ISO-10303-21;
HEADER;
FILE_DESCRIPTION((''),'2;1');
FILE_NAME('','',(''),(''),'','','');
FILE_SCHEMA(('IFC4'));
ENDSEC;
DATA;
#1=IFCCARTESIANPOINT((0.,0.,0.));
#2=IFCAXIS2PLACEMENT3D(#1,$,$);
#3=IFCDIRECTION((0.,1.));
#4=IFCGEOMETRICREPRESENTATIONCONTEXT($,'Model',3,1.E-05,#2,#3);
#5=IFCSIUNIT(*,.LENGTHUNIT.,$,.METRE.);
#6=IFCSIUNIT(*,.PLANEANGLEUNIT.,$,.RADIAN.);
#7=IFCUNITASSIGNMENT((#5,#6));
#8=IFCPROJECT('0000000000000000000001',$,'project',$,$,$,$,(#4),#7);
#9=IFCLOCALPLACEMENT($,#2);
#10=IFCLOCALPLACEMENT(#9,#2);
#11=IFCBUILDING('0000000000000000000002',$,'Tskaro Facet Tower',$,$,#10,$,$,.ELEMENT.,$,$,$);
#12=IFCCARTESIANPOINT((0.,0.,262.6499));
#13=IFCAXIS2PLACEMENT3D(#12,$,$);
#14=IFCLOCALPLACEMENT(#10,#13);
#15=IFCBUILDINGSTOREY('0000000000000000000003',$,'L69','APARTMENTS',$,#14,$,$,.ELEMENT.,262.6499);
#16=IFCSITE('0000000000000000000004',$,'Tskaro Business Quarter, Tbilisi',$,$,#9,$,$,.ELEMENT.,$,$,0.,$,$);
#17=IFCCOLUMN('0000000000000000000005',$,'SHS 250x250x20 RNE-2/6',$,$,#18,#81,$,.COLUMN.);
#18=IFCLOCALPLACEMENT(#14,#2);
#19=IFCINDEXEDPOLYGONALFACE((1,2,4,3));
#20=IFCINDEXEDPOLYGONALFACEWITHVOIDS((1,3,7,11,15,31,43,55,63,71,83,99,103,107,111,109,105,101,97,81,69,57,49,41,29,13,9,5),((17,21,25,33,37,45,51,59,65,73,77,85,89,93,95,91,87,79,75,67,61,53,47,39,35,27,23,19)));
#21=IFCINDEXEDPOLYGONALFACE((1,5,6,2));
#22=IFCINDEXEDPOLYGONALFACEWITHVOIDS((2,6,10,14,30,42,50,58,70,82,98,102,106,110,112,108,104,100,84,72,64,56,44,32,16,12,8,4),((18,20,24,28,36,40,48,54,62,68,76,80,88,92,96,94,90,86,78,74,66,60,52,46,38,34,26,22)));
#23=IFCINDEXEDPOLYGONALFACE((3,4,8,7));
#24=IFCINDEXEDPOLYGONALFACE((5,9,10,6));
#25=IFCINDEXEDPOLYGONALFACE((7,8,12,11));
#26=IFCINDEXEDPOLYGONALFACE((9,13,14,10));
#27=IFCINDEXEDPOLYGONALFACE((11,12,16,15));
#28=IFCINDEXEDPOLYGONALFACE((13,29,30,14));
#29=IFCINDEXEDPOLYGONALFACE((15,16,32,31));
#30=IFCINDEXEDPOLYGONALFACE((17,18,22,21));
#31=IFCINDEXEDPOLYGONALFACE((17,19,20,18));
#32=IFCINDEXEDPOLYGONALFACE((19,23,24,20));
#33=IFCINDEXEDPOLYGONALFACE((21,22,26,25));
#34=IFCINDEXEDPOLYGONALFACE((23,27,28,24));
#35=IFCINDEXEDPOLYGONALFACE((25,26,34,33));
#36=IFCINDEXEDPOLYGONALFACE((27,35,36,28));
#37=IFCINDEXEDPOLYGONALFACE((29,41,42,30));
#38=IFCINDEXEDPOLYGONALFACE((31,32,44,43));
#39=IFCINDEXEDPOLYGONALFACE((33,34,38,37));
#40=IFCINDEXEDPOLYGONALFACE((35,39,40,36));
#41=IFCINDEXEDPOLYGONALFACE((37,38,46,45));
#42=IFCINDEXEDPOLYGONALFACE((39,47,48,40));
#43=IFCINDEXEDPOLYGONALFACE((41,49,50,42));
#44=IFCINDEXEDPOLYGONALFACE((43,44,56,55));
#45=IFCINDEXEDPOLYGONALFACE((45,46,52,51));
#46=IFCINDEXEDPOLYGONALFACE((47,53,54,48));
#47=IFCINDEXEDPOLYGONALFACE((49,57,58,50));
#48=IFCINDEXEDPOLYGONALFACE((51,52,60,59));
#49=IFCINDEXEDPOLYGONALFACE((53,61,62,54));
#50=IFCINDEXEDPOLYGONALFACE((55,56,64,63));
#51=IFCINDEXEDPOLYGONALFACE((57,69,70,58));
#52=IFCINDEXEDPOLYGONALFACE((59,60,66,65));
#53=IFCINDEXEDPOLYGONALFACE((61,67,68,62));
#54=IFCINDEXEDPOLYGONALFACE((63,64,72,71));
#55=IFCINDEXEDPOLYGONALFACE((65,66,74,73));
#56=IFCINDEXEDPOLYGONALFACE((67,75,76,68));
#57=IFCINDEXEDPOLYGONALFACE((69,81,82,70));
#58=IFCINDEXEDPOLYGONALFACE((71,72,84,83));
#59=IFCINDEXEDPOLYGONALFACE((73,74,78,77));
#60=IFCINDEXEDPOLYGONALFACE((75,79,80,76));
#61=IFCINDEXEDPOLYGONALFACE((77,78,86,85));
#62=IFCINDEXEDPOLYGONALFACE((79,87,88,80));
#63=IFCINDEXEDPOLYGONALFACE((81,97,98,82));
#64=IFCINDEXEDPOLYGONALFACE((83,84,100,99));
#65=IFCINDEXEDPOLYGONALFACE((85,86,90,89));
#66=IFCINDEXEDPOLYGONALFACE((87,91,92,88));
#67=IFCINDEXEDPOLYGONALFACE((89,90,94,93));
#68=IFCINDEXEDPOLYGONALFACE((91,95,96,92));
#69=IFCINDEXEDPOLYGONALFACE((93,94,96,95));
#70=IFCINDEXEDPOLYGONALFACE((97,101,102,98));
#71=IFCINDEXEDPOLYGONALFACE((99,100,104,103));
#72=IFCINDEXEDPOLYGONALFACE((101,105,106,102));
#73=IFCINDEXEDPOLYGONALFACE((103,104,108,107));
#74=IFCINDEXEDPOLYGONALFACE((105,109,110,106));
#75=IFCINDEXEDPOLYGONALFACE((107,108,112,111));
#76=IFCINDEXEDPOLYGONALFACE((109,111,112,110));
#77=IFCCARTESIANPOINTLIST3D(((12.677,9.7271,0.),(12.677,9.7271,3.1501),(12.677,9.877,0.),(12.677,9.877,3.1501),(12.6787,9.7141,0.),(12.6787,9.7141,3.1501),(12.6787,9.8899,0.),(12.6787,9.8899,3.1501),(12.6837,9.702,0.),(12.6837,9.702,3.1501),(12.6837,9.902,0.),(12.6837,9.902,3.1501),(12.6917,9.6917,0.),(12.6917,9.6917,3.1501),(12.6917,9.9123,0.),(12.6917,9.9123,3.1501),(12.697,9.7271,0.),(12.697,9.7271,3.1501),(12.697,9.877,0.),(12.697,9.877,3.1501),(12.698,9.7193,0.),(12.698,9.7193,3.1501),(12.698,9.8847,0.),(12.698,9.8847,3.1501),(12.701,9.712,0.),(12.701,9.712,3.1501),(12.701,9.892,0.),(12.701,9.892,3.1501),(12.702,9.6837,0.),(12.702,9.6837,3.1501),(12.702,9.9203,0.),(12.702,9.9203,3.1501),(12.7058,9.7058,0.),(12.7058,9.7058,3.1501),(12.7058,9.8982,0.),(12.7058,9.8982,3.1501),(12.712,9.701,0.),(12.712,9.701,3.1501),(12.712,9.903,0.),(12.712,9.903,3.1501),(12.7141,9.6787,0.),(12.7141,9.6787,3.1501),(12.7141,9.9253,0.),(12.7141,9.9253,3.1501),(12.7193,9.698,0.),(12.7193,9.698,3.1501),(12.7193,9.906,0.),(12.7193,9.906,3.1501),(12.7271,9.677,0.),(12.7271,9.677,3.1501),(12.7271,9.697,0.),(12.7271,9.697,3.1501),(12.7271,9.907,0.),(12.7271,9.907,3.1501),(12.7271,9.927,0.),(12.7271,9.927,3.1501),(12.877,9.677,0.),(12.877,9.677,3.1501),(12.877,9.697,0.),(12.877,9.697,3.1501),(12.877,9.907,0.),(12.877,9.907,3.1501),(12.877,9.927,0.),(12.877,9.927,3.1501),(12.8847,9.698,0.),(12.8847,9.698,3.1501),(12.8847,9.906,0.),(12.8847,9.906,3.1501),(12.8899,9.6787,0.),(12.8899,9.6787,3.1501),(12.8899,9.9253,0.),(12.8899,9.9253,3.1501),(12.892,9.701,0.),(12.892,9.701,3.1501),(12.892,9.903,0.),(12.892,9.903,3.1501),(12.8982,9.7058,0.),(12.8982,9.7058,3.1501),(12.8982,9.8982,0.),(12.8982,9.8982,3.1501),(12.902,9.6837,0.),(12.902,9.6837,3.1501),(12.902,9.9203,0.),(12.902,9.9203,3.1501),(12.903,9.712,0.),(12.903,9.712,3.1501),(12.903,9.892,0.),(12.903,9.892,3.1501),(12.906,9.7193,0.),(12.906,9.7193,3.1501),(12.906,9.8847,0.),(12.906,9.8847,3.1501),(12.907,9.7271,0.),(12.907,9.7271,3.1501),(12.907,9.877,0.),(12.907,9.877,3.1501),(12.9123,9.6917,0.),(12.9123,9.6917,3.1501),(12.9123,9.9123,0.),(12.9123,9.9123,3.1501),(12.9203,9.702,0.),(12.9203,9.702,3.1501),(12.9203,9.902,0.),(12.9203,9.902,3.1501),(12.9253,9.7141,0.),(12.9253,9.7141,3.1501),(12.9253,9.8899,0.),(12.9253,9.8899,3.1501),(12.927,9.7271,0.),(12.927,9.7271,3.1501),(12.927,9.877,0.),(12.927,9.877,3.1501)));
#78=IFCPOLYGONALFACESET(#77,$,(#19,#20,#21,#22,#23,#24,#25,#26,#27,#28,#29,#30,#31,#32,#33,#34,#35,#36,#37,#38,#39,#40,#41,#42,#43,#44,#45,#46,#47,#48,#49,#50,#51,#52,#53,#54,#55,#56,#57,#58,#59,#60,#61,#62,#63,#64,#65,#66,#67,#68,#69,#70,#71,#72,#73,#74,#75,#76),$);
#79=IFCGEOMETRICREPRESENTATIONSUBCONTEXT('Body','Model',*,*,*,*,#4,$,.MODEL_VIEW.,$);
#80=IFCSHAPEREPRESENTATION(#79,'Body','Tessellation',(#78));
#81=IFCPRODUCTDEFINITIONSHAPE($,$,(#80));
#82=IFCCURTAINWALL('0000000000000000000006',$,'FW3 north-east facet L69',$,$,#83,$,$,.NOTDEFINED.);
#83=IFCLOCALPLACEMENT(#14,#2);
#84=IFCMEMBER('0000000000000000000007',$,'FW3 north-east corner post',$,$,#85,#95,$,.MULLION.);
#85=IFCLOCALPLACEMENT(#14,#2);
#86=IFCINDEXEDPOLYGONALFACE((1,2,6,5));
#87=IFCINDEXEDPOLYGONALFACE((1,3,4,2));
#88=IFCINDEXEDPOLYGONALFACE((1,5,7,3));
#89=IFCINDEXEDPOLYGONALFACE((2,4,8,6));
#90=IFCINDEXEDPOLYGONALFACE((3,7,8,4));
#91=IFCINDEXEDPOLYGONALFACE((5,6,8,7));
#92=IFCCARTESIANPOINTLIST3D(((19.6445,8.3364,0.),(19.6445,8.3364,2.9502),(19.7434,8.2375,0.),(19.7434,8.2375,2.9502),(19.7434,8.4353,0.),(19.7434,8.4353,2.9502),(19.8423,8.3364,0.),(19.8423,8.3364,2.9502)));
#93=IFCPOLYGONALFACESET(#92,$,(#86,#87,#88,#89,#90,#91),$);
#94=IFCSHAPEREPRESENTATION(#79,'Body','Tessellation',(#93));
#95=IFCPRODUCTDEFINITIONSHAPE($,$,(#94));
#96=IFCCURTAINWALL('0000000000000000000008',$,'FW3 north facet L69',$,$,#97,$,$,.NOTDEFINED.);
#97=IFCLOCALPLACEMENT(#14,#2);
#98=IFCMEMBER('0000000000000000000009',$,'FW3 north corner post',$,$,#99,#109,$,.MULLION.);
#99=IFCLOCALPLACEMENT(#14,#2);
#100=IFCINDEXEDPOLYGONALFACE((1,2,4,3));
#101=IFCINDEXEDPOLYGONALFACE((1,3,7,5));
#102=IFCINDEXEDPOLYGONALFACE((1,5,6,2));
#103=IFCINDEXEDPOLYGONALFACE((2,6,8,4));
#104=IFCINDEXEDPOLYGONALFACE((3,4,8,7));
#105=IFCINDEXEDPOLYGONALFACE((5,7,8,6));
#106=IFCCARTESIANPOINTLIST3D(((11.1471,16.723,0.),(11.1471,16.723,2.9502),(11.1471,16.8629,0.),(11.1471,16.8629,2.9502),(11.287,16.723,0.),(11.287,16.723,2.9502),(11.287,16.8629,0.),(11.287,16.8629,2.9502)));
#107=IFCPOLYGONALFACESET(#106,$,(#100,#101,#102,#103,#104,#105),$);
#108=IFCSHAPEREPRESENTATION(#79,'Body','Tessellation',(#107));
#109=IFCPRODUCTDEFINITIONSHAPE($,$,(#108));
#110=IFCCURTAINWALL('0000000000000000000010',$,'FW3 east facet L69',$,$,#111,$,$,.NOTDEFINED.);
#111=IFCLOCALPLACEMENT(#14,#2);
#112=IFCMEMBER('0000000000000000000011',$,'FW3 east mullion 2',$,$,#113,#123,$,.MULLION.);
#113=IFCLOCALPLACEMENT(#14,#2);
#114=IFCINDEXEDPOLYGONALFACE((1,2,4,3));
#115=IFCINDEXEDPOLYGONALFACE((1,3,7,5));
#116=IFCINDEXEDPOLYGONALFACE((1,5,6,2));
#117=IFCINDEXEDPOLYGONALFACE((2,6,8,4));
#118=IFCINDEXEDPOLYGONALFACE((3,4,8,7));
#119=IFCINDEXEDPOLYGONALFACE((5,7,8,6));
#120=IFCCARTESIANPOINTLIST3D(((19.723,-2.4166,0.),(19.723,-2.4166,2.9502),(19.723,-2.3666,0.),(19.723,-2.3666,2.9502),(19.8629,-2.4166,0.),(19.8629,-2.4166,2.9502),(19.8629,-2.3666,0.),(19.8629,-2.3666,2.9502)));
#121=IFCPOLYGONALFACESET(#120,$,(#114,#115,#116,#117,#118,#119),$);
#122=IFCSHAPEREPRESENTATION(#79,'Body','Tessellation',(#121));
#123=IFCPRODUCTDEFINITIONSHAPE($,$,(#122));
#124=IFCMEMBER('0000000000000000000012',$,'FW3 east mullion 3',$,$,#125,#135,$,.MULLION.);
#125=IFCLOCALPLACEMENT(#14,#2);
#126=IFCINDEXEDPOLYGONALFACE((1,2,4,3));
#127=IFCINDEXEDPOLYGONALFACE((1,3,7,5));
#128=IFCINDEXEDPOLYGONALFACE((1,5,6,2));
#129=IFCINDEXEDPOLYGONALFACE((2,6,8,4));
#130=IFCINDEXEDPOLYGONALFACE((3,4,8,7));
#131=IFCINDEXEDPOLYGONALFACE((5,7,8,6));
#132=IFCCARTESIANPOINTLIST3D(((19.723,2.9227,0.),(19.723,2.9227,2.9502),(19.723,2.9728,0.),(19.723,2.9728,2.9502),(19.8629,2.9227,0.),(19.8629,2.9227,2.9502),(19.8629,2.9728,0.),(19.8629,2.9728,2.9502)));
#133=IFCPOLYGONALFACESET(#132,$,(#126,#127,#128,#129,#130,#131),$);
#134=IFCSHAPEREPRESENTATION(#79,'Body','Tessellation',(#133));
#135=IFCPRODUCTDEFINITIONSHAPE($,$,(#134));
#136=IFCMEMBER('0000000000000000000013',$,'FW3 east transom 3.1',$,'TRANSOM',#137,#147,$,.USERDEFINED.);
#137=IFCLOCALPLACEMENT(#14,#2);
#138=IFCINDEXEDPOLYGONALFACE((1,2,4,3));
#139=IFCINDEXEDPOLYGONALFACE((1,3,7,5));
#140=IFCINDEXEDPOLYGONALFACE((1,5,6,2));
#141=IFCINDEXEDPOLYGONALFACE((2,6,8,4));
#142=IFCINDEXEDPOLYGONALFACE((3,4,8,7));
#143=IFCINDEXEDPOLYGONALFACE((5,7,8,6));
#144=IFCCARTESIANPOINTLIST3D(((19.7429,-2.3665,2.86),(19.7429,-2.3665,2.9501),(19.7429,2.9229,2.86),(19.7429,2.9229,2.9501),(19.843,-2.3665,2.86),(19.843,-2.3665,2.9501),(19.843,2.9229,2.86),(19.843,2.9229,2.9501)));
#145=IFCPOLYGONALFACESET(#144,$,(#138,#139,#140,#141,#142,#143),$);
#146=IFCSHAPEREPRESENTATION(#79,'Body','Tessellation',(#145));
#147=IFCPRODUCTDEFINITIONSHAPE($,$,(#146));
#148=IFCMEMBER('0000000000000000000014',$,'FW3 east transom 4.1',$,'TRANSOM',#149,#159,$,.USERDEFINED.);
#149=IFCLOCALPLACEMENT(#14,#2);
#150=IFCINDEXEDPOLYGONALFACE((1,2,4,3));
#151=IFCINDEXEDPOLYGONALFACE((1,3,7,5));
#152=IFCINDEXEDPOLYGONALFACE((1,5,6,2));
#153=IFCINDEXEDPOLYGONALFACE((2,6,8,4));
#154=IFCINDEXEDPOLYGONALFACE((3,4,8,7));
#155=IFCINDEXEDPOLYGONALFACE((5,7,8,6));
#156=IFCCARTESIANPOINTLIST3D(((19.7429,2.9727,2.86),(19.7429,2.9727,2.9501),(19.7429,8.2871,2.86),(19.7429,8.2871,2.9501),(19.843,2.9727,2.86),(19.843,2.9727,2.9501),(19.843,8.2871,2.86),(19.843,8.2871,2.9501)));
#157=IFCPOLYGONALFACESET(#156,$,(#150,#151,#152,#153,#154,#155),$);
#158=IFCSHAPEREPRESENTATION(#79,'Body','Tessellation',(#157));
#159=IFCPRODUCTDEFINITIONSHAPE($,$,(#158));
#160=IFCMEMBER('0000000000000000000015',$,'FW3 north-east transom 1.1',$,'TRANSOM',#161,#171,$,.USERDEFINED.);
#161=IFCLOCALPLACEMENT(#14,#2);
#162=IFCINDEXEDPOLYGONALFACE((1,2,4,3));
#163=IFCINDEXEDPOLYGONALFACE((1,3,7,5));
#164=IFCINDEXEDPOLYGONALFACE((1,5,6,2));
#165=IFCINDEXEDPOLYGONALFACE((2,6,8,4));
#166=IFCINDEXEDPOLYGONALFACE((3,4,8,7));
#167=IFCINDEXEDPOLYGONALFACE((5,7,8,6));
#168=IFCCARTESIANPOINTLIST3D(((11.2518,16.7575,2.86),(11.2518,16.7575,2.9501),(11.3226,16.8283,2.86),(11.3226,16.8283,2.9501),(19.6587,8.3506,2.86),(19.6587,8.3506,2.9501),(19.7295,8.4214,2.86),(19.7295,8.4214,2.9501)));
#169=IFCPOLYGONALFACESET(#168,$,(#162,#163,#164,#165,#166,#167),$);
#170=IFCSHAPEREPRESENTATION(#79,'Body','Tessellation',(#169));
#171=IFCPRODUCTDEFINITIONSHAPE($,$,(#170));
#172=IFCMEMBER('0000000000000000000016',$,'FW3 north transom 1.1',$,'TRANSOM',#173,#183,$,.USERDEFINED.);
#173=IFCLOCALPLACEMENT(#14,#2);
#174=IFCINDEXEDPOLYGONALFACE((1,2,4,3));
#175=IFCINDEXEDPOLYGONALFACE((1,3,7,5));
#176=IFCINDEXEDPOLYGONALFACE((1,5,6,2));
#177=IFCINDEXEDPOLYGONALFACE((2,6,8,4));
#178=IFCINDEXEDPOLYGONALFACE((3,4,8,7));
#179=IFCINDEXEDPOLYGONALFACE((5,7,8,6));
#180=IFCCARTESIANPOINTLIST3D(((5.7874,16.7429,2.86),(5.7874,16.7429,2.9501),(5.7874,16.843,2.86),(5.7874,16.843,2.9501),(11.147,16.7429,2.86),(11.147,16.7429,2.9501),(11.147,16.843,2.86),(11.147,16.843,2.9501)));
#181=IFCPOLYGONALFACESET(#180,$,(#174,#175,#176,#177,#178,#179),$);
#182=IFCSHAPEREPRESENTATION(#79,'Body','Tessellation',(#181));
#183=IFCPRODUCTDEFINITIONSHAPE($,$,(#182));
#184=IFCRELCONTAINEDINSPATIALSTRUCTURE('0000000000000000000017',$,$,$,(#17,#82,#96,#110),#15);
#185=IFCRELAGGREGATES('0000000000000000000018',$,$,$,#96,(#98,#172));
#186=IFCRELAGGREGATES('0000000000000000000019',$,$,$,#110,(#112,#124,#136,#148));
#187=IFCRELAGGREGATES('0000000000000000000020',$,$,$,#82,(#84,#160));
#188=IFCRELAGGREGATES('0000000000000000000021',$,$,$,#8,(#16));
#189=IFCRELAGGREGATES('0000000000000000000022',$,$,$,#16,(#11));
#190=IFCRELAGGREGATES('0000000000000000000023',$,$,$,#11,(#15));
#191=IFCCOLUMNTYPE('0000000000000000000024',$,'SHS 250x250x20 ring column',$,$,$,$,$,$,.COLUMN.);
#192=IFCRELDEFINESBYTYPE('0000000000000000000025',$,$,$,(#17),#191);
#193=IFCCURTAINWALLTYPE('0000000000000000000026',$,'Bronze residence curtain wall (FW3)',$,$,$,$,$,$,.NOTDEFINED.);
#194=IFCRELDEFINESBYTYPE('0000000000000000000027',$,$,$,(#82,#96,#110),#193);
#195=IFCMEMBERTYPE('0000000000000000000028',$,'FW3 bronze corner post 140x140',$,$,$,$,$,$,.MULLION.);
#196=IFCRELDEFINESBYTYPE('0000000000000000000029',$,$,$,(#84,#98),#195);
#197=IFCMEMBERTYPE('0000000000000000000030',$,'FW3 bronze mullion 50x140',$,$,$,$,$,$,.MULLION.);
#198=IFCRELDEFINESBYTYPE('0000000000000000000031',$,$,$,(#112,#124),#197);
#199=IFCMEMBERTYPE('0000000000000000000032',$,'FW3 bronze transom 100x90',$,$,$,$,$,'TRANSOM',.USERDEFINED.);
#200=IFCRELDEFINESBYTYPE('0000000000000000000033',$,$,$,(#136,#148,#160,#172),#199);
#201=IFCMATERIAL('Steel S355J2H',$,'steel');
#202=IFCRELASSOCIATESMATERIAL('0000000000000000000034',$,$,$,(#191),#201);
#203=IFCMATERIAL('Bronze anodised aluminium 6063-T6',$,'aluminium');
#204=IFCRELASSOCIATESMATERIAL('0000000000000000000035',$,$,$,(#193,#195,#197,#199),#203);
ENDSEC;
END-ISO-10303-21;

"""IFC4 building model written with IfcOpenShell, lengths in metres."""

from ifc_helpers import new_model, si_unit, direction, frame, origin, origin_2d, place, context, subcontext, project, spatial, rectangle, hollow_rectangle, extrude, material, material_profile, profile_set, type_object, element, aggregate, save


model = new_model("IFC4")

# Units and contexts
model_context = context("Model", 3, precision=1e-05, world=origin(), true_north=direction((0.0, 1.0)))
body_context = subcontext(model_context, "Body", "Model", "MODEL_VIEW")
ifc_project = project(units=[si_unit("LENGTHUNIT", "METRE"), si_unit("PLANEANGLEUNIT", "RADIAN")], contexts=[model_context])

# Site, building, storey
site_placement = place(None, origin())
site = spatial("IfcSite", under=ifc_project, at=site_placement, Name="Tskaro Business Quarter, Tbilisi", CompositionType="ELEMENT", RefElevation=0.0)
building_placement = place(site_placement, origin())
building = spatial("IfcBuilding", under=site, at=building_placement, Name="Tskaro Facet Tower", CompositionType="ELEMENT")
storey_placement = place(building_placement, frame((0.0, 0.0, 262.6499)))
storey = spatial("IfcBuildingStorey", under=building, at=storey_placement, Name="L69", Description="APARTMENTS", CompositionType="ELEMENT", Elevation=262.6499)

# Column
ifc_material_1 = material(Name="Steel S355J2H", Category="steel")
ifc_material_profile_1 = material_profile(ifc_material_1, hollow_rectangle(XDim=0.25, YDim=0.25, WallThickness=0.02, InnerFilletRadius=0.03, OuterFilletRadius=0.05, at=origin_2d()), Name="SHS 250x250x20")
ifc_profile_set_1 = profile_set([ifc_material_profile_1], Name="Steel S355J2H")
column_type_1 = type_object("IfcColumnType", Name="SHS 250x250x20 ring column", PredefinedType="COLUMN", material=ifc_profile_set_1)
for number, where, z_axis, x_axis, name in (
    (1, (12.802, 9.802, 0.0), (0.0, 0.0, 1.0), (1.0, 0.0, 0.0), "SHS 250x250x20 RNE-2/6"),
):
    element("IfcColumn", number, at=place(storey_placement, frame(where, z_axis=z_axis, x_axis=x_axis)), inside=storey, type_object=column_type_1, Name=name, PredefinedType="COLUMN", context=body_context, shape_type="SweptSolid", body=[
        extrude(hollow_rectangle(XDim=0.25, YDim=0.25, WallThickness=0.02, InnerFilletRadius=0.03, OuterFilletRadius=0.05, at=origin_2d()), origin(), (0.0, 0.0, 1.0), 3.1501),
    ])

# Curtain walls, members
ifc_material_2 = material(Name="Bronze anodised aluminium 6063-T6", Category="aluminium")
curtain_wall_type = type_object("IfcCurtainWallType", Name="Bronze residence curtain wall (FW3)", PredefinedType="NOTDEFINED", material=ifc_material_2)
curtain_wall_1_placement = place(storey_placement, origin())
curtain_wall_1 = element("IfcCurtainWall", 2, at=curtain_wall_1_placement, inside=storey, type_object=curtain_wall_type, Name="FW3 north-east facet L69", PredefinedType="NOTDEFINED")
ifc_material_profile_2 = material_profile(ifc_material_2, rectangle(XDim=0.1399, YDim=0.1399, at=origin_2d()), Name="Corner post 140x140")
ifc_profile_set_2 = profile_set([ifc_material_profile_2], Name="Bronze anodised aluminium 6063-T6")
member_type_1 = type_object("IfcMemberType", Name="FW3 bronze corner post 140x140", PredefinedType="MULLION", material=ifc_profile_set_2)
member_1_placement = place(storey_placement, frame((19.7434, 8.3364, 0.0), z_axis=(0.0, 0.0, 1.0), x_axis=(-0.707107, 0.707107, 0.0)))
member_1 = element("IfcMember", 3, at=member_1_placement, type_object=member_type_1, Name="FW3 north-east corner post", PredefinedType="MULLION", context=body_context, shape_type="SweptSolid", body=[
    extrude(rectangle(XDim=0.1399, YDim=0.1399, at=origin_2d()), origin(), (0.0, 0.0, 1.0), 2.9502),
])
curtain_wall_2_placement = place(storey_placement, origin())
curtain_wall_2 = element("IfcCurtainWall", 4, at=curtain_wall_2_placement, inside=storey, type_object=curtain_wall_type, Name="FW3 north facet L69", PredefinedType="NOTDEFINED")
member_2_placement = place(storey_placement, frame((11.217, 16.793, 0.0), z_axis=(0.0, 0.0, 1.0), x_axis=(-1.0, 0.0, 0.0)))
member_2 = element("IfcMember", 5, at=member_2_placement, type_object=member_type_1, Name="FW3 north corner post", PredefinedType="MULLION", context=body_context, shape_type="SweptSolid", body=[
    extrude(rectangle(XDim=0.1399, YDim=0.1399, at=origin_2d()), origin(), (0.0, 0.0, 1.0), 2.9502),
])

# Curtain wall, members
curtain_wall_3_placement = place(storey_placement, origin())
curtain_wall_3 = element("IfcCurtainWall", 6, at=curtain_wall_3_placement, inside=storey, type_object=curtain_wall_type, Name="FW3 east facet L69", PredefinedType="NOTDEFINED")
ifc_material_profile_3 = material_profile(ifc_material_2, rectangle(XDim=0.05, YDim=0.1399, at=origin_2d()), Name="Mullion 50x140")
ifc_profile_set_3 = profile_set([ifc_material_profile_3], Name="Bronze anodised aluminium 6063-T6")
member_type_2 = type_object("IfcMemberType", Name="FW3 bronze mullion 50x140", PredefinedType="MULLION", material=ifc_profile_set_3)
member_3_placement = place(storey_placement, frame((19.793, -2.3916, 0.0), z_axis=(0.0, 0.0, 1.0), x_axis=(0.0, 1.0, 0.0)))
member_3 = element("IfcMember", 7, at=member_3_placement, type_object=member_type_2, Name="FW3 east mullion 2", PredefinedType="MULLION", context=body_context, shape_type="SweptSolid", body=[
    extrude(rectangle(XDim=0.05, YDim=0.1399, at=origin_2d()), origin(), (0.0, 0.0, 1.0), 2.9502),
])
member_4_placement = place(storey_placement, frame((19.793, 2.9478, 0.0), z_axis=(0.0, 0.0, 1.0), x_axis=(0.0, 1.0, 0.0)))
member_4 = element("IfcMember", 8, at=member_4_placement, type_object=member_type_2, Name="FW3 east mullion 3", PredefinedType="MULLION", context=body_context, shape_type="SweptSolid", body=[
    extrude(rectangle(XDim=0.05, YDim=0.1399, at=origin_2d()), origin(), (0.0, 0.0, 1.0), 2.9502),
])
ifc_material_profile_4 = material_profile(ifc_material_2, rectangle(XDim=0.1001, YDim=0.0901, at=origin_2d()), Name="Transom 100x90")
ifc_profile_set_4 = profile_set([ifc_material_profile_4], Name="Bronze anodised aluminium 6063-T6")
member_type_3 = type_object("IfcMemberType", Name="FW3 bronze transom 100x90", ElementType="TRANSOM", PredefinedType="USERDEFINED", material=ifc_profile_set_4)
member_5_placement = place(storey_placement, frame((19.793, -2.3665, 2.905), z_axis=(0.0, 1.0, 0.0), x_axis=(-1.0, 0.0, 0.0)))
member_5 = element("IfcMember", 9, at=member_5_placement, type_object=member_type_3, Name="FW3 east transom 3.1", ObjectType="TRANSOM", PredefinedType="USERDEFINED", context=body_context, shape_type="SweptSolid", body=[
    extrude(rectangle(XDim=0.1001, YDim=0.0901, at=origin_2d()), origin(), (0.0, 0.0, 1.0), 5.2893),
])
member_6_placement = place(storey_placement, frame((19.793, 2.9727, 2.905), z_axis=(0.0, 1.0, 0.0), x_axis=(-1.0, 0.0, 0.0)))
member_6 = element("IfcMember", 10, at=member_6_placement, type_object=member_type_3, Name="FW3 east transom 4.1", ObjectType="TRANSOM", PredefinedType="USERDEFINED", context=body_context, shape_type="SweptSolid", body=[
    extrude(rectangle(XDim=0.1001, YDim=0.0901, at=origin_2d()), origin(), (0.0, 0.0, 1.0), 5.3145),
])

# Members
member_7_placement = place(storey_placement, frame((19.6941, 8.386, 2.905), z_axis=(-0.707107, 0.707107, 0.0), x_axis=(-0.707107, -0.707107, 0.0)))
member_7 = element("IfcMember", 11, at=member_7_placement, type_object=member_type_3, Name="FW3 north-east transom 1.1", ObjectType="TRANSOM", PredefinedType="USERDEFINED", context=body_context, shape_type="SweptSolid", body=[
    extrude(rectangle(XDim=0.1001, YDim=0.0901, at=origin_2d()), origin(), (0.0, 0.0, 1.0), 11.8892),
])
member_8_placement = place(storey_placement, frame((11.147, 16.793, 2.905), z_axis=(-1.0, 0.0, 0.0), x_axis=(0.0, -1.0, 0.0)))
member_8 = element("IfcMember", 12, at=member_8_placement, type_object=member_type_3, Name="FW3 north transom 1.1", ObjectType="TRANSOM", PredefinedType="USERDEFINED", context=body_context, shape_type="SweptSolid", body=[
    extrude(rectangle(XDim=0.1001, YDim=0.0901, at=origin_2d()), origin(), (0.0, 0.0, 1.0), 5.3596),
])
aggregate(curtain_wall_2, [member_2, member_8])

aggregate(curtain_wall_3, [member_3, member_4, member_5, member_6])
aggregate(curtain_wall_1, [member_1, member_7])

save(model, "model.ifc")
